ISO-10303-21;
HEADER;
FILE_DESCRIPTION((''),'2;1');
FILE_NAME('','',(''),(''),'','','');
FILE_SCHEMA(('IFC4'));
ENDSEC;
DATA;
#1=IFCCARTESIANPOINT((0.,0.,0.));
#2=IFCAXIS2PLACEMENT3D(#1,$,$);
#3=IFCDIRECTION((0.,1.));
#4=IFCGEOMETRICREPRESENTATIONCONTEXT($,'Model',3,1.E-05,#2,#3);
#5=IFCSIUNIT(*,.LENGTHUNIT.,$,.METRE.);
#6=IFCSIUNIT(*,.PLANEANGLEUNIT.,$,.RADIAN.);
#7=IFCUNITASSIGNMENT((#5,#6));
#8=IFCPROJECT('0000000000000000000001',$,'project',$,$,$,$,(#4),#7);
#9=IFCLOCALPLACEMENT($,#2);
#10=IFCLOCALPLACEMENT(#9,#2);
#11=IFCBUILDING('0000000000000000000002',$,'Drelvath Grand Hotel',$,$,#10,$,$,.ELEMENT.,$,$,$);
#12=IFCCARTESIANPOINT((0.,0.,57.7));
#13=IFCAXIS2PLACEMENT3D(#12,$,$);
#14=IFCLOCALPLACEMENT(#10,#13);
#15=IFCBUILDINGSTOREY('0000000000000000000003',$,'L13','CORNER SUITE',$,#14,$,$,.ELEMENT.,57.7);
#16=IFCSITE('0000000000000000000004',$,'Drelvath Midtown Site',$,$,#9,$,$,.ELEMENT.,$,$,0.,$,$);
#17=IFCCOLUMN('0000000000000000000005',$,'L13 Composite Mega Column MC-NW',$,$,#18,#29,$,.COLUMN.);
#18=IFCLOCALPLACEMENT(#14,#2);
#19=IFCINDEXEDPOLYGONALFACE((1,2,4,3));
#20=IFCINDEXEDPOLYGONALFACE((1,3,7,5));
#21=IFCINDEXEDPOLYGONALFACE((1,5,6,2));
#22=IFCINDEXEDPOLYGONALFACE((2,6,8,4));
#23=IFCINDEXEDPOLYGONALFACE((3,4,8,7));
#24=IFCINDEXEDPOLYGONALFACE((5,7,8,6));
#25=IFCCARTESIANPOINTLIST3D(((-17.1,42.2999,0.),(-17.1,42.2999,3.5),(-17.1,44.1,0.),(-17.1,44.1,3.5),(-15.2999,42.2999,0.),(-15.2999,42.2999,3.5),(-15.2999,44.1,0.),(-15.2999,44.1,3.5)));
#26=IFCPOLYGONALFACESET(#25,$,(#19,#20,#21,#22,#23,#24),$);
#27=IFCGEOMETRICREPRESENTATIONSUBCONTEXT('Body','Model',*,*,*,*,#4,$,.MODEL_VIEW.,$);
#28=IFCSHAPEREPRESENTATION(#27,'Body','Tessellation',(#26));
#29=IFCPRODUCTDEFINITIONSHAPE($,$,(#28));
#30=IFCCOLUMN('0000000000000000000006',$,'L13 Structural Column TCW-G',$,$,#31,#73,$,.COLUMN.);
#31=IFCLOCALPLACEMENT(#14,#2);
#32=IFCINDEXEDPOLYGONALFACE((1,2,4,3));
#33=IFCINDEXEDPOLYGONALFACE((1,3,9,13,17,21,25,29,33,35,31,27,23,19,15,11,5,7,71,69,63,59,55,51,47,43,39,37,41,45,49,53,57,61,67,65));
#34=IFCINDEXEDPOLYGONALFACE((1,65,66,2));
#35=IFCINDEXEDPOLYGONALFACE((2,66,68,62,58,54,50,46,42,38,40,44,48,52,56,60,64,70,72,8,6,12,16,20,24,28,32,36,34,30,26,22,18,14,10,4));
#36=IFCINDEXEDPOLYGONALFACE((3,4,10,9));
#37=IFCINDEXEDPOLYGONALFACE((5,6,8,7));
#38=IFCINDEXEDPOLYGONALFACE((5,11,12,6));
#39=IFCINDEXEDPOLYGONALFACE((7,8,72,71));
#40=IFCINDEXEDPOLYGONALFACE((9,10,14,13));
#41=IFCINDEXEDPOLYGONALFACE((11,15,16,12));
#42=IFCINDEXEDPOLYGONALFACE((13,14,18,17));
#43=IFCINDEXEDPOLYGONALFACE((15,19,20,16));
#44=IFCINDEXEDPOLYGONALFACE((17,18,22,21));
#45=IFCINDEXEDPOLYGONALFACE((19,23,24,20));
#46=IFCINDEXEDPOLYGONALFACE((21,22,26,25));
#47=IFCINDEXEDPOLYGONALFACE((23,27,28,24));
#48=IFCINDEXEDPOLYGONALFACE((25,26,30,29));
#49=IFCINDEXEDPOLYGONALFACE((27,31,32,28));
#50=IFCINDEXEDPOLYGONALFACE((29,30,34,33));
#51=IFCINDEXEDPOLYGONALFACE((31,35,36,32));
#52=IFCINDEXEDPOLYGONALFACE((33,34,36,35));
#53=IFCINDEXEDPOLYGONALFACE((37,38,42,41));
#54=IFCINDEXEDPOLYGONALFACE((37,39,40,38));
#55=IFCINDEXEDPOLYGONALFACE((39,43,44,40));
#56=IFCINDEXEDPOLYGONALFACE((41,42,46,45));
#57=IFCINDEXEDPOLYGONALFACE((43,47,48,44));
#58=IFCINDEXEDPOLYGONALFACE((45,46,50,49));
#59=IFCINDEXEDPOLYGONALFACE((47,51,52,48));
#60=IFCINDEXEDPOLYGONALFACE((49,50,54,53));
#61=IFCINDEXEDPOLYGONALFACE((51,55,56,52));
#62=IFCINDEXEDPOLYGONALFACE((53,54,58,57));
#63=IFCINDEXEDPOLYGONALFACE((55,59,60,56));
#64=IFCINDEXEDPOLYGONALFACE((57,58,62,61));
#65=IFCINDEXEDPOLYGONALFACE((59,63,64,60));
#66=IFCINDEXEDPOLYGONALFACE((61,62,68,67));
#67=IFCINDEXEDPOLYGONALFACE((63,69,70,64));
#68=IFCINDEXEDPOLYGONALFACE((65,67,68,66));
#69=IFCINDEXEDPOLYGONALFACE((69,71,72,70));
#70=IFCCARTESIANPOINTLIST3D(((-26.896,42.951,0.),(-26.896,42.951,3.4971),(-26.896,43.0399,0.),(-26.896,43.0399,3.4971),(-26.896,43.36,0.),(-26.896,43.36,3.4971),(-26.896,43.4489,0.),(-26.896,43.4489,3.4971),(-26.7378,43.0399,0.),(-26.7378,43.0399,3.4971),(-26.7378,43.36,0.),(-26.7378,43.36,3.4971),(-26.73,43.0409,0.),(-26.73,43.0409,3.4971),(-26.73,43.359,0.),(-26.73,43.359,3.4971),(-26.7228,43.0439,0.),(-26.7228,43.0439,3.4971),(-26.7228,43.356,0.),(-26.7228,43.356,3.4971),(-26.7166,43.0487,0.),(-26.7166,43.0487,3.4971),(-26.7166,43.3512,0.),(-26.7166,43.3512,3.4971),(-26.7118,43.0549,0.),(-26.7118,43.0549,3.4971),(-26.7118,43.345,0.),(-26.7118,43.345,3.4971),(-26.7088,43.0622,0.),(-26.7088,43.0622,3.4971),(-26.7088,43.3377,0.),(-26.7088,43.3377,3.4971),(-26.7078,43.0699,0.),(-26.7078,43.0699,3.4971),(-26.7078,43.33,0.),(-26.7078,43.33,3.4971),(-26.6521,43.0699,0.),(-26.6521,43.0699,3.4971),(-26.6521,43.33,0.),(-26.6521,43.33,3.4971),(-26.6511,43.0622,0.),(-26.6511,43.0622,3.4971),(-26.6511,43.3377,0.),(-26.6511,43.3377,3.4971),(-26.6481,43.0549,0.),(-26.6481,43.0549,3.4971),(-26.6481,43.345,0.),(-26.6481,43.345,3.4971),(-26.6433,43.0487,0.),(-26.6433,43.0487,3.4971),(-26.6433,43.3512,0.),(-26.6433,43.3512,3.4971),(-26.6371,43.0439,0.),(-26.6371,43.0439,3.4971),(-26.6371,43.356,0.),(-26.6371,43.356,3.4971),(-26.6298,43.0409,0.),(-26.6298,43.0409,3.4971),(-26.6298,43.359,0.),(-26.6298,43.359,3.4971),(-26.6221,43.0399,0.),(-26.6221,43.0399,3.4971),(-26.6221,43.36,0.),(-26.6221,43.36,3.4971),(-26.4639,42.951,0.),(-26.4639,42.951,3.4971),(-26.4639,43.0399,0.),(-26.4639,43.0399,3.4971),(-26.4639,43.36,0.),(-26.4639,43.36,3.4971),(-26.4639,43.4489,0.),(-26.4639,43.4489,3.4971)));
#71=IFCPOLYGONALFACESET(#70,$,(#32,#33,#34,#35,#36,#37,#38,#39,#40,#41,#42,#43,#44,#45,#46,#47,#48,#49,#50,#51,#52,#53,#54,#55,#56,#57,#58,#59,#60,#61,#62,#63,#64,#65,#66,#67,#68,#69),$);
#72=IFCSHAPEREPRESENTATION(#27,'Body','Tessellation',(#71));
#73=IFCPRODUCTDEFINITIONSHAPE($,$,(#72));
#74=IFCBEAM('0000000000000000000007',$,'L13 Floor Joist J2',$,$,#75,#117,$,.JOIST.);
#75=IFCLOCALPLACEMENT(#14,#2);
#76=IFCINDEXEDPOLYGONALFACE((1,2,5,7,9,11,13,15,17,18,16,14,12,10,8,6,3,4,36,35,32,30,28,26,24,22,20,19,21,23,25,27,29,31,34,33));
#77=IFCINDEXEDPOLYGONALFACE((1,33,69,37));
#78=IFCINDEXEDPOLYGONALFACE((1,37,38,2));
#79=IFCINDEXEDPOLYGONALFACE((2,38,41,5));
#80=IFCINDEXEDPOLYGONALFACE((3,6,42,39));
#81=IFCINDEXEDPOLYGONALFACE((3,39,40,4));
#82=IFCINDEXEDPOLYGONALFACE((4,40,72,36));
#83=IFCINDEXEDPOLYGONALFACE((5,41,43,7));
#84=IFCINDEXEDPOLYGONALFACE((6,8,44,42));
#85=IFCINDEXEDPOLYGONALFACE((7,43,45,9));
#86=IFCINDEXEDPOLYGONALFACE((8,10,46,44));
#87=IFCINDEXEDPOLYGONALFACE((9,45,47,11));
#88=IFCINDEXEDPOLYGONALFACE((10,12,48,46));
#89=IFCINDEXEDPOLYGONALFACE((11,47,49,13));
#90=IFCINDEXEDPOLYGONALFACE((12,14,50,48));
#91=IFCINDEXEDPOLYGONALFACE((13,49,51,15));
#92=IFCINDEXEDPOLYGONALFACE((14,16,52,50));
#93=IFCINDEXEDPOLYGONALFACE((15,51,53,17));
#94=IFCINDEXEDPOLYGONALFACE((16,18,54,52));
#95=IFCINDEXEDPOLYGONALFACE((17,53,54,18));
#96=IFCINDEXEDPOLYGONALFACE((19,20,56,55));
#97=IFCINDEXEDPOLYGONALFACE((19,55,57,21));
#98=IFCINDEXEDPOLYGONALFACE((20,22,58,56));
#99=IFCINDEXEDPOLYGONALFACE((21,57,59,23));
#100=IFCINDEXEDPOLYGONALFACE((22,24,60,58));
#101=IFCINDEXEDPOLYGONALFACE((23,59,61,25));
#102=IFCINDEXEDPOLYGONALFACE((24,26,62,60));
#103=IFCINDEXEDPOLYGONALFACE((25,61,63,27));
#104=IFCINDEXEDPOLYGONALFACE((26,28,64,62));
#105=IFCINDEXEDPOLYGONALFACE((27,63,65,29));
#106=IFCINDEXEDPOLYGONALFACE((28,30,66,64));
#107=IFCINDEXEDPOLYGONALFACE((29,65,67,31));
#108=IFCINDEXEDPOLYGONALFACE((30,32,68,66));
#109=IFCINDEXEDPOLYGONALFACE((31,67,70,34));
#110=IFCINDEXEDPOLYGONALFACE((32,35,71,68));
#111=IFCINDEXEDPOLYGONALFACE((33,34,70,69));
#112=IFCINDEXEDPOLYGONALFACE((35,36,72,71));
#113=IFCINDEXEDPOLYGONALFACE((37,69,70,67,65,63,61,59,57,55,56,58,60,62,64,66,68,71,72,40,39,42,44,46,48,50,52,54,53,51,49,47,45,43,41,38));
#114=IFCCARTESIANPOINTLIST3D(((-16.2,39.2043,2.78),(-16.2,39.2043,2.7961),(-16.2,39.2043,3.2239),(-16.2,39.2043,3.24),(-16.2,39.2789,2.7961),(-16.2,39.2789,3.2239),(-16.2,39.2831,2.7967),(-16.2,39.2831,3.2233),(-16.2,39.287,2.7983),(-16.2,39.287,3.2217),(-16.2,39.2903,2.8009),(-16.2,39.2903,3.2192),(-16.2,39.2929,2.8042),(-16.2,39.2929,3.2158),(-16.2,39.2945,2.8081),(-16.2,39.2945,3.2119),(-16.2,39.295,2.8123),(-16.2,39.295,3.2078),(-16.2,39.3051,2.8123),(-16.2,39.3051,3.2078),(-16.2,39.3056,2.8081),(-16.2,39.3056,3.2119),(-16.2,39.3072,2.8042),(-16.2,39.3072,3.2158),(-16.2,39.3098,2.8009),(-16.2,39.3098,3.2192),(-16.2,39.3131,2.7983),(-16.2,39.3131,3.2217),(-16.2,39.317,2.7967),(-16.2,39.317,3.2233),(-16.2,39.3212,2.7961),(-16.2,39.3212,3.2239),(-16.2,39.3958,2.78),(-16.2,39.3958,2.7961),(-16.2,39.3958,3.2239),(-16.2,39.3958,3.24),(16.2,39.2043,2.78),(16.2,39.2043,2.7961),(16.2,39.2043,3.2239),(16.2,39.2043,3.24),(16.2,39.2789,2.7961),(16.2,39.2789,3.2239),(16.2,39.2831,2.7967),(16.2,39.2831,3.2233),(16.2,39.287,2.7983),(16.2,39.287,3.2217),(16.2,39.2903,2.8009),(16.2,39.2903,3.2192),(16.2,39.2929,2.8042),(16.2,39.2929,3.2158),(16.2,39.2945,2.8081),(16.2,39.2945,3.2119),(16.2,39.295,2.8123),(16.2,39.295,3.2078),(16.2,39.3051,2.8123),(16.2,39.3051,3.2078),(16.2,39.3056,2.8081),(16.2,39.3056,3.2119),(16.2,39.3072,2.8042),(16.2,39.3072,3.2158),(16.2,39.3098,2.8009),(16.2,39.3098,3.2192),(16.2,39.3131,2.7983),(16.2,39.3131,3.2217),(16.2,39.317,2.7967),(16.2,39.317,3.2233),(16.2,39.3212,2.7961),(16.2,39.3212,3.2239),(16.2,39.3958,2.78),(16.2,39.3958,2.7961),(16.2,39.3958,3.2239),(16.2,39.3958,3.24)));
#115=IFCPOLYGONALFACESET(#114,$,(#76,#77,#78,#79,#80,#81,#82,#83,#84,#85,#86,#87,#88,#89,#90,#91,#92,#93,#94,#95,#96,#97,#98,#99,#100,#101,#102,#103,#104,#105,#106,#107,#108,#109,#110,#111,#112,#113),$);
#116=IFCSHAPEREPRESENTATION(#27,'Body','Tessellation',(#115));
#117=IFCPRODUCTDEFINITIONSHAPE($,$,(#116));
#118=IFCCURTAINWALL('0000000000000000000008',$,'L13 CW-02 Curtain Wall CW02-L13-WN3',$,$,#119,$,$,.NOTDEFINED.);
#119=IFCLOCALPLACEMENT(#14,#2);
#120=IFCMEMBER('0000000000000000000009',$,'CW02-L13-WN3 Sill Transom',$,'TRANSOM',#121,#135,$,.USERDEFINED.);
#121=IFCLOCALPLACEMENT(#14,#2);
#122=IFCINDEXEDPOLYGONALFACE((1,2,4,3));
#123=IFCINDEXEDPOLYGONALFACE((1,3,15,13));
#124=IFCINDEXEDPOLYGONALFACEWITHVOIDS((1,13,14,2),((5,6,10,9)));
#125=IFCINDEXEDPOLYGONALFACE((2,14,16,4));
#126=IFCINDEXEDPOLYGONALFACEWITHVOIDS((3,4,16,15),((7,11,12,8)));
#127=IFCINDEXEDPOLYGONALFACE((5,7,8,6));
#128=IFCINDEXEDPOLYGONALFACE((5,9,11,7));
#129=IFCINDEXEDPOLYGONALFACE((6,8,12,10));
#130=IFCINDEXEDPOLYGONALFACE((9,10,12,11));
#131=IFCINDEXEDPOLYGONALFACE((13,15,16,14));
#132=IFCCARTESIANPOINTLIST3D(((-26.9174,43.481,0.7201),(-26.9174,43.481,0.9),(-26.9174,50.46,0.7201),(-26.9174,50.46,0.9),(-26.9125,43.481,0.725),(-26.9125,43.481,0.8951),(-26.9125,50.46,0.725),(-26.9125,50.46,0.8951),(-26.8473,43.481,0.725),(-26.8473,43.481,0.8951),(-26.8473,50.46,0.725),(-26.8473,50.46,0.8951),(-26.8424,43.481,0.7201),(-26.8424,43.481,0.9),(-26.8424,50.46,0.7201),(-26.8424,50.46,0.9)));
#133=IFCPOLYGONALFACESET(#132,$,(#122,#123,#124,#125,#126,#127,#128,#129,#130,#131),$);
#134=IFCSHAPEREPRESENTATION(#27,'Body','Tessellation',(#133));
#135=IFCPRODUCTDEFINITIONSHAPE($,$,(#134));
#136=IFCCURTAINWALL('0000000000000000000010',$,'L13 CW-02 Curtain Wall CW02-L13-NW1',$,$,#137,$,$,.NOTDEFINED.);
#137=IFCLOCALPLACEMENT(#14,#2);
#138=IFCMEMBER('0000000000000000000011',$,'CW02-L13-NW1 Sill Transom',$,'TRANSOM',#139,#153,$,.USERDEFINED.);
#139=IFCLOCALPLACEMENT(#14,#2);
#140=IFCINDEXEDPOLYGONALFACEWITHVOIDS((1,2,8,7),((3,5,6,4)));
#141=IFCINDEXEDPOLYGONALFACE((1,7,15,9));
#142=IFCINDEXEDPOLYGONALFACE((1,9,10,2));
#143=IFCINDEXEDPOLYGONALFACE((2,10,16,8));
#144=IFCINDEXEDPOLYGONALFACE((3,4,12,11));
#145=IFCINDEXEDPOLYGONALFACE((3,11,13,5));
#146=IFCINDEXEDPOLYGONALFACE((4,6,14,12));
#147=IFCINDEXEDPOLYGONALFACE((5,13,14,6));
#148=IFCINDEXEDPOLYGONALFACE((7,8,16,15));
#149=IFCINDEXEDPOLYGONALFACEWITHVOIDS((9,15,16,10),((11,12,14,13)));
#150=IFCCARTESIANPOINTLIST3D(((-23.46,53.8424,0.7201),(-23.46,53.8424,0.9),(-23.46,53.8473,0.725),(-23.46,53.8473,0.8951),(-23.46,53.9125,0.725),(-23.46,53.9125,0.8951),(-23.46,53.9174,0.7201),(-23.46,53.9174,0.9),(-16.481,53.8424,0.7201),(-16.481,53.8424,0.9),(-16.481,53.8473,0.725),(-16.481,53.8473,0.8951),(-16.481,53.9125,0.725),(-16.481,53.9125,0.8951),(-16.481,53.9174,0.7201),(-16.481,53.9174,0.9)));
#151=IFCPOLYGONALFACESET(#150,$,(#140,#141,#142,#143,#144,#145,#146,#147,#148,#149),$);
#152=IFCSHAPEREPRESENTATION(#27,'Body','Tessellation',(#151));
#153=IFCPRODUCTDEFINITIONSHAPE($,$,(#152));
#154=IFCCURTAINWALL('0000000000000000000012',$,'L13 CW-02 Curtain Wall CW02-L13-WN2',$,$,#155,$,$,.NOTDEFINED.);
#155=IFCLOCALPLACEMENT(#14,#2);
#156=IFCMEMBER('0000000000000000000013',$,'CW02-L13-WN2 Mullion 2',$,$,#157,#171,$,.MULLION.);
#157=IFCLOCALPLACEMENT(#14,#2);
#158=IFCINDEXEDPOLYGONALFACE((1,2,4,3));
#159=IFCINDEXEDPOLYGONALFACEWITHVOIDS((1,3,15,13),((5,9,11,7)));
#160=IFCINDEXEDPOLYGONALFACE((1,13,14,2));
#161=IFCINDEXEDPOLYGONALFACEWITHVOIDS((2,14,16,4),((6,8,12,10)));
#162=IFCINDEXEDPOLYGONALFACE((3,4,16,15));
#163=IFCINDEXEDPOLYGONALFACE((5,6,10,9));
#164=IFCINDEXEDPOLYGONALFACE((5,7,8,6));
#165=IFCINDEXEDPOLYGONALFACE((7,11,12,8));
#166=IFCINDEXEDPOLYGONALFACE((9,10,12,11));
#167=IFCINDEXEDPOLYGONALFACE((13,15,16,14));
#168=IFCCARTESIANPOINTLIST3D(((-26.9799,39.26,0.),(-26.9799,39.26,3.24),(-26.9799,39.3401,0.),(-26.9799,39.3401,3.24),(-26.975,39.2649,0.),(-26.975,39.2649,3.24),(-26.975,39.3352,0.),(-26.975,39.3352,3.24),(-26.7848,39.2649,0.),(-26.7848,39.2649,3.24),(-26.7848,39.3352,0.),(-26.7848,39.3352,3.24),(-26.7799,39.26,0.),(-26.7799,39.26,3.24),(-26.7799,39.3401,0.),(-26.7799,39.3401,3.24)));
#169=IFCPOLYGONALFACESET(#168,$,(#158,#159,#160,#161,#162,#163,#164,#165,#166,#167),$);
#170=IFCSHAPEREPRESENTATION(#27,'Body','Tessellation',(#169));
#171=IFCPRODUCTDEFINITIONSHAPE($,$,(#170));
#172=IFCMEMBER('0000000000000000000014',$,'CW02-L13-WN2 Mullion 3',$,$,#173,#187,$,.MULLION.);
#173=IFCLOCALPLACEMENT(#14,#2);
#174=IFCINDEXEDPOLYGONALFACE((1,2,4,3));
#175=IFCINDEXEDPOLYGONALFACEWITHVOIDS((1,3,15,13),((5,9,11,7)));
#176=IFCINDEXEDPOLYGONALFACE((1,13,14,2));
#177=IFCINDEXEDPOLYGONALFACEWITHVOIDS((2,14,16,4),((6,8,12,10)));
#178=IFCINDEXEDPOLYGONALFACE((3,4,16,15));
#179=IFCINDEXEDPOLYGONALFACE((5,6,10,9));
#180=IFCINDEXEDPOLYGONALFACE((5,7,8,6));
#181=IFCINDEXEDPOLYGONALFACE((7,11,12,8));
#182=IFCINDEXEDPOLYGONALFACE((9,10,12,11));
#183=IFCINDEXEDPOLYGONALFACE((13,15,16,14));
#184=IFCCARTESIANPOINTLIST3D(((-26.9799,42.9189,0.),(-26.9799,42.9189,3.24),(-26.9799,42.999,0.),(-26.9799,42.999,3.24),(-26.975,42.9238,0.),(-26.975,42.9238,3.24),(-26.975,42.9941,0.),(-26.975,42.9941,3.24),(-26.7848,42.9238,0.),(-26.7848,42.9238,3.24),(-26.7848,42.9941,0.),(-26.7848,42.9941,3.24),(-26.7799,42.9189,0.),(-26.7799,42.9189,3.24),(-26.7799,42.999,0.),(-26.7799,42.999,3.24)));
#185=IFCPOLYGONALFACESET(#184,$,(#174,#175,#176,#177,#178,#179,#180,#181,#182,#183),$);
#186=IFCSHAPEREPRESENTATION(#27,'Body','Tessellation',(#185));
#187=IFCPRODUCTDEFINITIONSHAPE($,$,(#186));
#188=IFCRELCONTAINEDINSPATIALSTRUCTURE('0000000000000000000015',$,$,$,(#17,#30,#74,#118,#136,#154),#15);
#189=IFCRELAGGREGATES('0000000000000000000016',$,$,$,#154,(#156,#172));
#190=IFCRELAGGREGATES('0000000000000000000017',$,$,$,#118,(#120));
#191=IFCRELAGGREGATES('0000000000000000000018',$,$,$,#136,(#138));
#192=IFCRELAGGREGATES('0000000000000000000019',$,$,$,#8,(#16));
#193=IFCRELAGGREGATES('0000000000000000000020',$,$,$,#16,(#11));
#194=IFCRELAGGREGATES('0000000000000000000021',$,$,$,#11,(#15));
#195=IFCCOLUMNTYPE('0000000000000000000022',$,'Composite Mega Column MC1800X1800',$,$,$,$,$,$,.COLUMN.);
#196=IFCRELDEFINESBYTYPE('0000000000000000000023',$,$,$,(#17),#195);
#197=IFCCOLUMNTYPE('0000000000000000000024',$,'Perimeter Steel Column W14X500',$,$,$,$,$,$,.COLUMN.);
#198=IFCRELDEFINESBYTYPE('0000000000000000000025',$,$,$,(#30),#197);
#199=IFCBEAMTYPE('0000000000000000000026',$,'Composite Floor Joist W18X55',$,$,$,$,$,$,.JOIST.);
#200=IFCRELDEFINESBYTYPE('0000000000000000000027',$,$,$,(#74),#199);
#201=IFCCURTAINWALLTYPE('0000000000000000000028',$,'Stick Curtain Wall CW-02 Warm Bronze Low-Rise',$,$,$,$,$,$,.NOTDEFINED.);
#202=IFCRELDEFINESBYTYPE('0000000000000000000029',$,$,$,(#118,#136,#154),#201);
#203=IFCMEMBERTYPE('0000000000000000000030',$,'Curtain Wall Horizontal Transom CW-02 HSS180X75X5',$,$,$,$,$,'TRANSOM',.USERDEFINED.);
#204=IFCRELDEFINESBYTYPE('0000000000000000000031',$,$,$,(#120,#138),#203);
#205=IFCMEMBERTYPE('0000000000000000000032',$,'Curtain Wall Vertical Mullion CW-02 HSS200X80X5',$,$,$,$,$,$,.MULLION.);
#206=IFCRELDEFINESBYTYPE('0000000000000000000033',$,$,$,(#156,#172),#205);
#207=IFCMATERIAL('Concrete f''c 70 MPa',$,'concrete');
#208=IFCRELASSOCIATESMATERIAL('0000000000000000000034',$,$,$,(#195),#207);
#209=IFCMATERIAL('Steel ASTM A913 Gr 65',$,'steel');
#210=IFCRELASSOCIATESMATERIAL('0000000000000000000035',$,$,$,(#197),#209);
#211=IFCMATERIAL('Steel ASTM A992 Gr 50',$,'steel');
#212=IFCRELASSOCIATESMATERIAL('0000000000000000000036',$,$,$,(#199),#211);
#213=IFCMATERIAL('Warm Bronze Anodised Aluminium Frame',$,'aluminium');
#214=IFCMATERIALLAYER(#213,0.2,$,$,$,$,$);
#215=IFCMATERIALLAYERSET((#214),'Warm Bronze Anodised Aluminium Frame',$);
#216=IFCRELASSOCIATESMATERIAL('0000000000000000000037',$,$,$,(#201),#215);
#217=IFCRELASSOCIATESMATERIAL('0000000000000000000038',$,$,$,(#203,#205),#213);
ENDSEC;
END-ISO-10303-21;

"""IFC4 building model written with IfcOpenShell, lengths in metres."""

from ifc_helpers import new_model, si_unit, direction, frame, origin, origin_2d, place, context, subcontext, project, spatial, rectangle, hollow_rectangle, i_section, extrude, material, layer, layer_set, material_profile, profile_set, type_object, element, aggregate, save


model = new_model("IFC4")

# Units and contexts
model_context = context("Model", 3, precision=1e-05, world=origin(), true_north=direction((0.0, 1.0)))
body_context = subcontext(model_context, "Body", "Model", "MODEL_VIEW")
ifc_project = project(units=[si_unit("LENGTHUNIT", "METRE"), si_unit("PLANEANGLEUNIT", "RADIAN")], contexts=[model_context])

# Site, building, storey
site_placement = place(None, origin())
site = spatial("IfcSite", under=ifc_project, at=site_placement, Name="Drelvath Midtown Site", CompositionType="ELEMENT", RefElevation=0.0)
building_placement = place(site_placement, origin())
building = spatial("IfcBuilding", under=site, at=building_placement, Name="Drelvath Grand Hotel", CompositionType="ELEMENT")
storey_placement = place(building_placement, frame((0.0, 0.0, 57.7)))
storey = spatial("IfcBuildingStorey", under=building, at=storey_placement, Name="L13", Description="CORNER SUITE", CompositionType="ELEMENT", Elevation=57.7)

# Columns
ifc_material_1 = material(Name="Concrete f'c 70 MPa", Category="concrete")
ifc_material_profile_1 = material_profile(ifc_material_1, rectangle(XDim=1.8, YDim=1.8, at=origin_2d()), Name="MC1800X1800")
ifc_profile_set_1 = profile_set([ifc_material_profile_1], Name="Concrete f'c 70 MPa")
column_type_1 = type_object("IfcColumnType", Name="Composite Mega Column MC1800X1800", PredefinedType="COLUMN", material=ifc_profile_set_1)
column_1_placement = place(storey_placement, frame((-16.2, 43.2, 0.0), z_axis=(0.0, 0.0, 1.0), x_axis=(1.0, 0.0, 0.0)))
element("IfcColumn", 1, at=column_1_placement, inside=storey, type_object=column_type_1, Name="L13 Composite Mega Column MC-NW", PredefinedType="COLUMN", context=body_context, shape_type="SweptSolid", body=[
    extrude(rectangle(XDim=1.8, YDim=1.8, at=origin_2d()), origin(), (0.0, 0.0, 1.0), 3.5),
])
ifc_material_2 = material(Name="Steel ASTM A913 Gr 65", Category="steel")
ifc_material_profile_2 = material_profile(ifc_material_2, i_section(OverallWidth=0.4321, OverallDepth=0.4978, WebThickness=0.0557, FlangeThickness=0.0889, FilletRadius=0.03, at=origin_2d()), Name="W14X500")
ifc_profile_set_2 = profile_set([ifc_material_profile_2], Name="Steel ASTM A913 Gr 65")
column_type_2 = type_object("IfcColumnType", Name="Perimeter Steel Column W14X500", PredefinedType="COLUMN", material=ifc_profile_set_2)
column_2_placement = place(storey_placement, frame((-26.6799, 43.2, 0.0), z_axis=(0.0, 0.0, 1.0), x_axis=(1.0, 0.0, 0.0)))
element("IfcColumn", 2, at=column_2_placement, inside=storey, type_object=column_type_2, Name="L13 Structural Column TCW-G", PredefinedType="COLUMN", context=body_context, shape_type="SweptSolid", body=[
    extrude(i_section(OverallWidth=0.4321, OverallDepth=0.4978, WebThickness=0.0557, FlangeThickness=0.0889, FilletRadius=0.03, at=origin_2d()), origin(), (0.0, 0.0, 1.0), 3.4971),
])

# Beam
ifc_material_3 = material(Name="Steel ASTM A992 Gr 50", Category="steel")
ifc_material_profile_3 = material_profile(ifc_material_3, i_section(OverallWidth=0.1914, OverallDepth=0.46, WebThickness=0.01, FlangeThickness=0.0161, FilletRadius=0.0161, at=origin_2d()), Name="W18X55")
ifc_profile_set_3 = profile_set([ifc_material_profile_3], Name="Steel ASTM A992 Gr 50")
beam_type_1 = type_object("IfcBeamType", Name="Composite Floor Joist W18X55", PredefinedType="JOIST", material=ifc_profile_set_3)
beam_1_placement = place(storey_placement, frame((-16.2, 39.3, 3.01), z_axis=(1.0, 0.0, 0.0), x_axis=(0.0, 1.0, 0.0)))
element("IfcBeam", 3, at=beam_1_placement, inside=storey, type_object=beam_type_1, Name="L13 Floor Joist J2", PredefinedType="JOIST", context=body_context, shape_type="SweptSolid", body=[
    extrude(i_section(OverallWidth=0.1914, OverallDepth=0.46, WebThickness=0.01, FlangeThickness=0.0161, FilletRadius=0.0161, at=origin_2d()), origin(), (0.0, 0.0, 1.0), 32.3999),
])

# Curtain walls, members
ifc_material_4 = material(Name="Warm Bronze Anodised Aluminium Frame", Category="aluminium")
ifc_layer_1 = layer(ifc_material_4, 0.2)
ifc_layer_set_1 = layer_set([ifc_layer_1], Name="Warm Bronze Anodised Aluminium Frame")
curtain_wall_type = type_object("IfcCurtainWallType", Name="Stick Curtain Wall CW-02 Warm Bronze Low-Rise", PredefinedType="NOTDEFINED", material=ifc_layer_set_1)
curtain_wall_1_placement = place(storey_placement, origin())
curtain_wall_1 = element("IfcCurtainWall", 4, at=curtain_wall_1_placement, inside=storey, type_object=curtain_wall_type, Name="L13 CW-02 Curtain Wall CW02-L13-WN3", PredefinedType="NOTDEFINED")
ifc_material_profile_4 = material_profile(ifc_material_4, hollow_rectangle(XDim=0.075, YDim=0.1799, WallThickness=0.0049, at=origin_2d()), Name="HSS180X75X5")
ifc_profile_set_4 = profile_set([ifc_material_profile_4], Name="Warm Bronze Anodised Aluminium Frame")
member_type_1 = type_object("IfcMemberType", Name="Curtain Wall Horizontal Transom CW-02 HSS180X75X5", ElementType="TRANSOM", PredefinedType="USERDEFINED", material=ifc_profile_set_4)
member_1_placement = place(storey_placement, frame((-26.8799, 43.481, 0.8101), z_axis=(0.0, 1.0, 0.0), x_axis=(-1.0, 0.0, 0.0)))
member_1 = element("IfcMember", 5, at=member_1_placement, type_object=member_type_1, Name="CW02-L13-WN3 Sill Transom", ObjectType="TRANSOM", PredefinedType="USERDEFINED", context=body_context, shape_type="SweptSolid", body=[
    extrude(hollow_rectangle(XDim=0.075, YDim=0.1799, WallThickness=0.0049, at=origin_2d()), origin(), (0.0, 0.0, 1.0), 6.979),
])
curtain_wall_2_placement = place(storey_placement, origin())
curtain_wall_2 = element("IfcCurtainWall", 6, at=curtain_wall_2_placement, inside=storey, type_object=curtain_wall_type, Name="L13 CW-02 Curtain Wall CW02-L13-NW1", PredefinedType="NOTDEFINED")
member_2_placement = place(storey_placement, frame((-23.46, 53.8799, 0.8101), z_axis=(1.0, 0.0, 0.0), x_axis=(0.0, 1.0, 0.0)))
member_2 = element("IfcMember", 7, at=member_2_placement, type_object=member_type_1, Name="CW02-L13-NW1 Sill Transom", ObjectType="TRANSOM", PredefinedType="USERDEFINED", context=body_context, shape_type="SweptSolid", body=[
    extrude(hollow_rectangle(XDim=0.075, YDim=0.1799, WallThickness=0.0049, at=origin_2d()), origin(), (0.0, 0.0, 1.0), 6.979),
])

# Curtain wall, members
curtain_wall_3_placement = place(storey_placement, origin())
curtain_wall_3 = element("IfcCurtainWall", 8, at=curtain_wall_3_placement, inside=storey, type_object=curtain_wall_type, Name="L13 CW-02 Curtain Wall CW02-L13-WN2", PredefinedType="NOTDEFINED")
ifc_material_profile_5 = material_profile(ifc_material_4, hollow_rectangle(XDim=0.0801, YDim=0.2, WallThickness=0.0049, at=origin_2d()), Name="HSS200X80X5")
ifc_profile_set_5 = profile_set([ifc_material_profile_5], Name="Warm Bronze Anodised Aluminium Frame")
member_type_2 = type_object("IfcMemberType", Name="Curtain Wall Vertical Mullion CW-02 HSS200X80X5", PredefinedType="MULLION", material=ifc_profile_set_5)
member_3_placement = place(storey_placement, frame((-26.8799, 39.3, 0.0), z_axis=(0.0, 0.0, 1.0), x_axis=(0.0, 1.0, 0.0)))
member_3 = element("IfcMember", 9, at=member_3_placement, type_object=member_type_2, Name="CW02-L13-WN2 Mullion 2", PredefinedType="MULLION", context=body_context, shape_type="SweptSolid", body=[
    extrude(hollow_rectangle(XDim=0.0801, YDim=0.2, WallThickness=0.0049, at=origin_2d()), origin(), (0.0, 0.0, 1.0), 3.24),
])
member_4_placement = place(storey_placement, frame((-26.8799, 42.959, 0.0), z_axis=(0.0, 0.0, 1.0), x_axis=(0.0, 1.0, 0.0)))
member_4 = element("IfcMember", 10, at=member_4_placement, type_object=member_type_2, Name="CW02-L13-WN2 Mullion 3", PredefinedType="MULLION", context=body_context, shape_type="SweptSolid", body=[
    extrude(hollow_rectangle(XDim=0.0801, YDim=0.2, WallThickness=0.0049, at=origin_2d()), origin(), (0.0, 0.0, 1.0), 3.24),
])

aggregate(curtain_wall_3, [member_3, member_4])
aggregate(curtain_wall_1, [member_1])
aggregate(curtain_wall_2, [member_2])

save(model, "model.ifc")
